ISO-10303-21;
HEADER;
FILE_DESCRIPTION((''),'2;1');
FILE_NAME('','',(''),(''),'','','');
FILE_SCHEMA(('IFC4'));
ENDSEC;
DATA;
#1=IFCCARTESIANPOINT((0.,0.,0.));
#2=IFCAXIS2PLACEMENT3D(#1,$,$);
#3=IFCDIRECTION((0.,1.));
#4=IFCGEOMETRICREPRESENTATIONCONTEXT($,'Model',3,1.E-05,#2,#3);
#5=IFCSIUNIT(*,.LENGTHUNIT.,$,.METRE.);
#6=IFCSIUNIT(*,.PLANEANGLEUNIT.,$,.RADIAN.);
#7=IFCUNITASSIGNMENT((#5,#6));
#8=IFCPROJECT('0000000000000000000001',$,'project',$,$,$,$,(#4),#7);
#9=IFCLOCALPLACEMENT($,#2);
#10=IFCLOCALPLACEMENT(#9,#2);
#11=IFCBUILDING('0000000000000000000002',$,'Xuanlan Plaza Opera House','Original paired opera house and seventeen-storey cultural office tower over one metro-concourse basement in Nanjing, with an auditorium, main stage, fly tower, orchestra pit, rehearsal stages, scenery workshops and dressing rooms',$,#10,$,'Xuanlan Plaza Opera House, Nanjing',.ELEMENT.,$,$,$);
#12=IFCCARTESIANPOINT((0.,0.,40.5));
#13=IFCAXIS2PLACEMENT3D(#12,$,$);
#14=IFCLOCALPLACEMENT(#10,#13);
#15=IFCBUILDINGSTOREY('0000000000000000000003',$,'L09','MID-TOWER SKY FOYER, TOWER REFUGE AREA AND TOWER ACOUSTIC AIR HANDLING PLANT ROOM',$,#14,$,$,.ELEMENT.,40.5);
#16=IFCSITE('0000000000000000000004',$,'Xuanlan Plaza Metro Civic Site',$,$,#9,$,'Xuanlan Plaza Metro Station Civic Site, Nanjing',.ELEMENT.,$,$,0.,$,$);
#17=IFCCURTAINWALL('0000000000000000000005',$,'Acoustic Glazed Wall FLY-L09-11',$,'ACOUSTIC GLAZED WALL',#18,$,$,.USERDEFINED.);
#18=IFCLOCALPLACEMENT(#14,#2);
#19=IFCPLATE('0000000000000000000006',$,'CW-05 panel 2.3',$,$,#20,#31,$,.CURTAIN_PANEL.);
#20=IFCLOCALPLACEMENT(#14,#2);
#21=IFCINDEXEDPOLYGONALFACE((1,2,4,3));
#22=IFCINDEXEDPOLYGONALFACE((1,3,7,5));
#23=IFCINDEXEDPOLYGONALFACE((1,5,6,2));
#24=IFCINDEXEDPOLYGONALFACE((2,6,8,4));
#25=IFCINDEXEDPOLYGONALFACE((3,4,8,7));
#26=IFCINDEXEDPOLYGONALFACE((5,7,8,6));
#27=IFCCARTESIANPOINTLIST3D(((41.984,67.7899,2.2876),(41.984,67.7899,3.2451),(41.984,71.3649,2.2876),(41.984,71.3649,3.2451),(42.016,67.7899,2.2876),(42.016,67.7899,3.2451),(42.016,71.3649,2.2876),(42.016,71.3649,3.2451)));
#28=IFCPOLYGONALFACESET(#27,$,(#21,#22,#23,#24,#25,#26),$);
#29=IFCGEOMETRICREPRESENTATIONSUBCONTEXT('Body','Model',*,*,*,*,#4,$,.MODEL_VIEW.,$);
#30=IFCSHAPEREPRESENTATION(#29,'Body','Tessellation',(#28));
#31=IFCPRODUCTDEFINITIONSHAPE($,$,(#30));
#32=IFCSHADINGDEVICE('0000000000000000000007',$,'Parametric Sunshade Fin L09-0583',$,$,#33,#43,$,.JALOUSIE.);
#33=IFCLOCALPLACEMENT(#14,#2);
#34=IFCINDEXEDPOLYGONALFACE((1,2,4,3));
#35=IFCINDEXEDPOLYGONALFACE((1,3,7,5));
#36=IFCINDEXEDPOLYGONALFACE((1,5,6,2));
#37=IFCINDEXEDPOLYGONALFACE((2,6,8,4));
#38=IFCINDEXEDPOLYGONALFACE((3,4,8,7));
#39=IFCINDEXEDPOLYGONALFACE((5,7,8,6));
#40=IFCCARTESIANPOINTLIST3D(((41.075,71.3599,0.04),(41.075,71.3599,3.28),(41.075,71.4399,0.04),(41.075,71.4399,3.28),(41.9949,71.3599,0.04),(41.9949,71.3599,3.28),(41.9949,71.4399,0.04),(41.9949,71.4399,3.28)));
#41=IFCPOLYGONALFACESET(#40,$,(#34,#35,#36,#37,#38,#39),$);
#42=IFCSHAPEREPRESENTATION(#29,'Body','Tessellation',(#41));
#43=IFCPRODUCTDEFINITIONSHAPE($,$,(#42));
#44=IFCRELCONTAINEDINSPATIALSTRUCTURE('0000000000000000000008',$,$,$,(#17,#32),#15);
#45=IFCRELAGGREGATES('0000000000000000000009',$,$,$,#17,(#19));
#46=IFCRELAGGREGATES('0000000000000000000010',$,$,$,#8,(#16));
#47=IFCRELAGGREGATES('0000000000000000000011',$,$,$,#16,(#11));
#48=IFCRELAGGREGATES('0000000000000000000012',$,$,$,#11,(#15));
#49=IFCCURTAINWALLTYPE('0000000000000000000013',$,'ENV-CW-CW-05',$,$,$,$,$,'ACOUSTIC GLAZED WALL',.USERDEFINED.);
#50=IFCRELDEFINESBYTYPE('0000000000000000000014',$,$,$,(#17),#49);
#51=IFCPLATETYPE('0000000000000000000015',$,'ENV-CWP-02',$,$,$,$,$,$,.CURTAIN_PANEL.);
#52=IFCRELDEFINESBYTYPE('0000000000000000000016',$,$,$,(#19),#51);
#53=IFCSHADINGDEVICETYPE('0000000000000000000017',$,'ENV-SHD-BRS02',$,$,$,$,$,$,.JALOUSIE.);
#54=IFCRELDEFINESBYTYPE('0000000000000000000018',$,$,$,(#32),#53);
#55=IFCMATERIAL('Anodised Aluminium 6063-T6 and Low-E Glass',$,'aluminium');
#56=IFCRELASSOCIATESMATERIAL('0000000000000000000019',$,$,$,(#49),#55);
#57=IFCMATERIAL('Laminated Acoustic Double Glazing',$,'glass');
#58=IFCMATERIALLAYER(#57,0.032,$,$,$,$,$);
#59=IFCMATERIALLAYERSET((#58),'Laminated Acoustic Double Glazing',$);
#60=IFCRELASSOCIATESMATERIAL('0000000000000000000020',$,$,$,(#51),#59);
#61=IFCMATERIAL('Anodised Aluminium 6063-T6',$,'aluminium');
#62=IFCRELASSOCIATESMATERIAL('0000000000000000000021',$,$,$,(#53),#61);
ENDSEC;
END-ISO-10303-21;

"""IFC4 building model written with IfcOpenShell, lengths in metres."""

from ifc_helpers import new_model, si_unit, direction, frame, origin, origin_2d, place, context, subcontext, project, spatial, rectangle, extrude, material, layer, layer_set, type_object, element, aggregate, save


model = new_model("IFC4")

# Units and contexts
model_context = context("Model", 3, precision=1e-05, world=origin(), true_north=direction((0.0, 1.0)))
body_context = subcontext(model_context, "Body", "Model", "MODEL_VIEW")
ifc_project = project(units=[si_unit("LENGTHUNIT", "METRE"), si_unit("PLANEANGLEUNIT", "RADIAN")], contexts=[model_context])

# Site, building, storey
site_placement = place(None, origin())
site = spatial("IfcSite", under=ifc_project, at=site_placement, Name="Xuanlan Plaza Metro Civic Site", LongName="Xuanlan Plaza Metro Station Civic Site, Nanjing", CompositionType="ELEMENT", RefElevation=0.0)
building_placement = place(site_placement, origin())
building = spatial("IfcBuilding", under=site, at=building_placement, Name="Xuanlan Plaza Opera House", Description="Original paired opera house and seventeen-storey cultural office tower over one metro-concourse basement in Nanjing, with an auditorium, main stage, fly tower, orchestra pit, rehearsal stages, scenery workshops and dressing rooms", LongName="Xuanlan Plaza Opera House, Nanjing", CompositionType="ELEMENT")
storey_placement = place(building_placement, frame((0.0, 0.0, 40.5)))
storey = spatial("IfcBuildingStorey", under=building, at=storey_placement, Name="L09", Description="MID-TOWER SKY FOYER, TOWER REFUGE AREA AND TOWER ACOUSTIC AIR HANDLING PLANT ROOM", CompositionType="ELEMENT", Elevation=40.5)

# Shared definitions
ifc_material_1 = material(Name="Anodised Aluminium 6063-T6 and Low-E Glass", Category="aluminium")
curtain_wall_type = type_object("IfcCurtainWallType", Name="ENV-CW-CW-05", ElementType="ACOUSTIC GLAZED WALL", PredefinedType="USERDEFINED", material=ifc_material_1)
ifc_material_2 = material(Name="Anodised Aluminium 6063-T6", Category="aluminium")

# Curtain wall
curtain_wall_1_placement = place(storey_placement, origin())
curtain_wall_1 = element("IfcCurtainWall", 1, at=curtain_wall_1_placement, inside=storey, type_object=curtain_wall_type, Name="Acoustic Glazed Wall FLY-L09-11", ObjectType="ACOUSTIC GLAZED WALL", PredefinedType="USERDEFINED")

# Plate
ifc_material_3 = material(Name="Laminated Acoustic Double Glazing", Category="glass")
ifc_layer = layer(ifc_material_3, 0.032)
ifc_layer_set = layer_set([ifc_layer], Name="Laminated Acoustic Double Glazing")
plate_type = type_object("IfcPlateType", Name="ENV-CWP-02", PredefinedType="CURTAIN_PANEL", material=ifc_layer_set)
plate_1_placement = place(storey_placement, frame((42.0, 69.5774, 2.2876), z_axis=(0.0, 0.0, 1.0), x_axis=(0.0, -1.0, 0.0)))
plate_1 = element("IfcPlate", 2, at=plate_1_placement, type_object=plate_type, Name="CW-05 panel 2.3", PredefinedType="CURTAIN_PANEL", context=body_context, shape_type="SweptSolid", body=[
    extrude(rectangle(XDim=3.575, YDim=0.032, at=origin_2d()), origin(), (0.0, 0.0, 1.0), 0.9575),
])
aggregate(curtain_wall_1, [plate_1])

# Shading device
shading_device_type = type_object("IfcShadingDeviceType", Name="ENV-SHD-BRS02", PredefinedType="JALOUSIE", material=ifc_material_2)
shading_device_placement = place(storey_placement, frame((41.5349, 71.3999, 0.04), z_axis=(0.0, 0.0, 1.0), x_axis=(-1.0, 0.0, 0.0)))
element("IfcShadingDevice", 3, at=shading_device_placement, inside=storey, type_object=shading_device_type, Name="Parametric Sunshade Fin L09-0583", PredefinedType="JALOUSIE", context=body_context, shape_type="SweptSolid", body=[
    extrude(rectangle(XDim=0.9199, YDim=0.0801, at=origin_2d()), origin(), (0.0, 0.0, 1.0), 3.24),
])

save(model, "model.ifc")
